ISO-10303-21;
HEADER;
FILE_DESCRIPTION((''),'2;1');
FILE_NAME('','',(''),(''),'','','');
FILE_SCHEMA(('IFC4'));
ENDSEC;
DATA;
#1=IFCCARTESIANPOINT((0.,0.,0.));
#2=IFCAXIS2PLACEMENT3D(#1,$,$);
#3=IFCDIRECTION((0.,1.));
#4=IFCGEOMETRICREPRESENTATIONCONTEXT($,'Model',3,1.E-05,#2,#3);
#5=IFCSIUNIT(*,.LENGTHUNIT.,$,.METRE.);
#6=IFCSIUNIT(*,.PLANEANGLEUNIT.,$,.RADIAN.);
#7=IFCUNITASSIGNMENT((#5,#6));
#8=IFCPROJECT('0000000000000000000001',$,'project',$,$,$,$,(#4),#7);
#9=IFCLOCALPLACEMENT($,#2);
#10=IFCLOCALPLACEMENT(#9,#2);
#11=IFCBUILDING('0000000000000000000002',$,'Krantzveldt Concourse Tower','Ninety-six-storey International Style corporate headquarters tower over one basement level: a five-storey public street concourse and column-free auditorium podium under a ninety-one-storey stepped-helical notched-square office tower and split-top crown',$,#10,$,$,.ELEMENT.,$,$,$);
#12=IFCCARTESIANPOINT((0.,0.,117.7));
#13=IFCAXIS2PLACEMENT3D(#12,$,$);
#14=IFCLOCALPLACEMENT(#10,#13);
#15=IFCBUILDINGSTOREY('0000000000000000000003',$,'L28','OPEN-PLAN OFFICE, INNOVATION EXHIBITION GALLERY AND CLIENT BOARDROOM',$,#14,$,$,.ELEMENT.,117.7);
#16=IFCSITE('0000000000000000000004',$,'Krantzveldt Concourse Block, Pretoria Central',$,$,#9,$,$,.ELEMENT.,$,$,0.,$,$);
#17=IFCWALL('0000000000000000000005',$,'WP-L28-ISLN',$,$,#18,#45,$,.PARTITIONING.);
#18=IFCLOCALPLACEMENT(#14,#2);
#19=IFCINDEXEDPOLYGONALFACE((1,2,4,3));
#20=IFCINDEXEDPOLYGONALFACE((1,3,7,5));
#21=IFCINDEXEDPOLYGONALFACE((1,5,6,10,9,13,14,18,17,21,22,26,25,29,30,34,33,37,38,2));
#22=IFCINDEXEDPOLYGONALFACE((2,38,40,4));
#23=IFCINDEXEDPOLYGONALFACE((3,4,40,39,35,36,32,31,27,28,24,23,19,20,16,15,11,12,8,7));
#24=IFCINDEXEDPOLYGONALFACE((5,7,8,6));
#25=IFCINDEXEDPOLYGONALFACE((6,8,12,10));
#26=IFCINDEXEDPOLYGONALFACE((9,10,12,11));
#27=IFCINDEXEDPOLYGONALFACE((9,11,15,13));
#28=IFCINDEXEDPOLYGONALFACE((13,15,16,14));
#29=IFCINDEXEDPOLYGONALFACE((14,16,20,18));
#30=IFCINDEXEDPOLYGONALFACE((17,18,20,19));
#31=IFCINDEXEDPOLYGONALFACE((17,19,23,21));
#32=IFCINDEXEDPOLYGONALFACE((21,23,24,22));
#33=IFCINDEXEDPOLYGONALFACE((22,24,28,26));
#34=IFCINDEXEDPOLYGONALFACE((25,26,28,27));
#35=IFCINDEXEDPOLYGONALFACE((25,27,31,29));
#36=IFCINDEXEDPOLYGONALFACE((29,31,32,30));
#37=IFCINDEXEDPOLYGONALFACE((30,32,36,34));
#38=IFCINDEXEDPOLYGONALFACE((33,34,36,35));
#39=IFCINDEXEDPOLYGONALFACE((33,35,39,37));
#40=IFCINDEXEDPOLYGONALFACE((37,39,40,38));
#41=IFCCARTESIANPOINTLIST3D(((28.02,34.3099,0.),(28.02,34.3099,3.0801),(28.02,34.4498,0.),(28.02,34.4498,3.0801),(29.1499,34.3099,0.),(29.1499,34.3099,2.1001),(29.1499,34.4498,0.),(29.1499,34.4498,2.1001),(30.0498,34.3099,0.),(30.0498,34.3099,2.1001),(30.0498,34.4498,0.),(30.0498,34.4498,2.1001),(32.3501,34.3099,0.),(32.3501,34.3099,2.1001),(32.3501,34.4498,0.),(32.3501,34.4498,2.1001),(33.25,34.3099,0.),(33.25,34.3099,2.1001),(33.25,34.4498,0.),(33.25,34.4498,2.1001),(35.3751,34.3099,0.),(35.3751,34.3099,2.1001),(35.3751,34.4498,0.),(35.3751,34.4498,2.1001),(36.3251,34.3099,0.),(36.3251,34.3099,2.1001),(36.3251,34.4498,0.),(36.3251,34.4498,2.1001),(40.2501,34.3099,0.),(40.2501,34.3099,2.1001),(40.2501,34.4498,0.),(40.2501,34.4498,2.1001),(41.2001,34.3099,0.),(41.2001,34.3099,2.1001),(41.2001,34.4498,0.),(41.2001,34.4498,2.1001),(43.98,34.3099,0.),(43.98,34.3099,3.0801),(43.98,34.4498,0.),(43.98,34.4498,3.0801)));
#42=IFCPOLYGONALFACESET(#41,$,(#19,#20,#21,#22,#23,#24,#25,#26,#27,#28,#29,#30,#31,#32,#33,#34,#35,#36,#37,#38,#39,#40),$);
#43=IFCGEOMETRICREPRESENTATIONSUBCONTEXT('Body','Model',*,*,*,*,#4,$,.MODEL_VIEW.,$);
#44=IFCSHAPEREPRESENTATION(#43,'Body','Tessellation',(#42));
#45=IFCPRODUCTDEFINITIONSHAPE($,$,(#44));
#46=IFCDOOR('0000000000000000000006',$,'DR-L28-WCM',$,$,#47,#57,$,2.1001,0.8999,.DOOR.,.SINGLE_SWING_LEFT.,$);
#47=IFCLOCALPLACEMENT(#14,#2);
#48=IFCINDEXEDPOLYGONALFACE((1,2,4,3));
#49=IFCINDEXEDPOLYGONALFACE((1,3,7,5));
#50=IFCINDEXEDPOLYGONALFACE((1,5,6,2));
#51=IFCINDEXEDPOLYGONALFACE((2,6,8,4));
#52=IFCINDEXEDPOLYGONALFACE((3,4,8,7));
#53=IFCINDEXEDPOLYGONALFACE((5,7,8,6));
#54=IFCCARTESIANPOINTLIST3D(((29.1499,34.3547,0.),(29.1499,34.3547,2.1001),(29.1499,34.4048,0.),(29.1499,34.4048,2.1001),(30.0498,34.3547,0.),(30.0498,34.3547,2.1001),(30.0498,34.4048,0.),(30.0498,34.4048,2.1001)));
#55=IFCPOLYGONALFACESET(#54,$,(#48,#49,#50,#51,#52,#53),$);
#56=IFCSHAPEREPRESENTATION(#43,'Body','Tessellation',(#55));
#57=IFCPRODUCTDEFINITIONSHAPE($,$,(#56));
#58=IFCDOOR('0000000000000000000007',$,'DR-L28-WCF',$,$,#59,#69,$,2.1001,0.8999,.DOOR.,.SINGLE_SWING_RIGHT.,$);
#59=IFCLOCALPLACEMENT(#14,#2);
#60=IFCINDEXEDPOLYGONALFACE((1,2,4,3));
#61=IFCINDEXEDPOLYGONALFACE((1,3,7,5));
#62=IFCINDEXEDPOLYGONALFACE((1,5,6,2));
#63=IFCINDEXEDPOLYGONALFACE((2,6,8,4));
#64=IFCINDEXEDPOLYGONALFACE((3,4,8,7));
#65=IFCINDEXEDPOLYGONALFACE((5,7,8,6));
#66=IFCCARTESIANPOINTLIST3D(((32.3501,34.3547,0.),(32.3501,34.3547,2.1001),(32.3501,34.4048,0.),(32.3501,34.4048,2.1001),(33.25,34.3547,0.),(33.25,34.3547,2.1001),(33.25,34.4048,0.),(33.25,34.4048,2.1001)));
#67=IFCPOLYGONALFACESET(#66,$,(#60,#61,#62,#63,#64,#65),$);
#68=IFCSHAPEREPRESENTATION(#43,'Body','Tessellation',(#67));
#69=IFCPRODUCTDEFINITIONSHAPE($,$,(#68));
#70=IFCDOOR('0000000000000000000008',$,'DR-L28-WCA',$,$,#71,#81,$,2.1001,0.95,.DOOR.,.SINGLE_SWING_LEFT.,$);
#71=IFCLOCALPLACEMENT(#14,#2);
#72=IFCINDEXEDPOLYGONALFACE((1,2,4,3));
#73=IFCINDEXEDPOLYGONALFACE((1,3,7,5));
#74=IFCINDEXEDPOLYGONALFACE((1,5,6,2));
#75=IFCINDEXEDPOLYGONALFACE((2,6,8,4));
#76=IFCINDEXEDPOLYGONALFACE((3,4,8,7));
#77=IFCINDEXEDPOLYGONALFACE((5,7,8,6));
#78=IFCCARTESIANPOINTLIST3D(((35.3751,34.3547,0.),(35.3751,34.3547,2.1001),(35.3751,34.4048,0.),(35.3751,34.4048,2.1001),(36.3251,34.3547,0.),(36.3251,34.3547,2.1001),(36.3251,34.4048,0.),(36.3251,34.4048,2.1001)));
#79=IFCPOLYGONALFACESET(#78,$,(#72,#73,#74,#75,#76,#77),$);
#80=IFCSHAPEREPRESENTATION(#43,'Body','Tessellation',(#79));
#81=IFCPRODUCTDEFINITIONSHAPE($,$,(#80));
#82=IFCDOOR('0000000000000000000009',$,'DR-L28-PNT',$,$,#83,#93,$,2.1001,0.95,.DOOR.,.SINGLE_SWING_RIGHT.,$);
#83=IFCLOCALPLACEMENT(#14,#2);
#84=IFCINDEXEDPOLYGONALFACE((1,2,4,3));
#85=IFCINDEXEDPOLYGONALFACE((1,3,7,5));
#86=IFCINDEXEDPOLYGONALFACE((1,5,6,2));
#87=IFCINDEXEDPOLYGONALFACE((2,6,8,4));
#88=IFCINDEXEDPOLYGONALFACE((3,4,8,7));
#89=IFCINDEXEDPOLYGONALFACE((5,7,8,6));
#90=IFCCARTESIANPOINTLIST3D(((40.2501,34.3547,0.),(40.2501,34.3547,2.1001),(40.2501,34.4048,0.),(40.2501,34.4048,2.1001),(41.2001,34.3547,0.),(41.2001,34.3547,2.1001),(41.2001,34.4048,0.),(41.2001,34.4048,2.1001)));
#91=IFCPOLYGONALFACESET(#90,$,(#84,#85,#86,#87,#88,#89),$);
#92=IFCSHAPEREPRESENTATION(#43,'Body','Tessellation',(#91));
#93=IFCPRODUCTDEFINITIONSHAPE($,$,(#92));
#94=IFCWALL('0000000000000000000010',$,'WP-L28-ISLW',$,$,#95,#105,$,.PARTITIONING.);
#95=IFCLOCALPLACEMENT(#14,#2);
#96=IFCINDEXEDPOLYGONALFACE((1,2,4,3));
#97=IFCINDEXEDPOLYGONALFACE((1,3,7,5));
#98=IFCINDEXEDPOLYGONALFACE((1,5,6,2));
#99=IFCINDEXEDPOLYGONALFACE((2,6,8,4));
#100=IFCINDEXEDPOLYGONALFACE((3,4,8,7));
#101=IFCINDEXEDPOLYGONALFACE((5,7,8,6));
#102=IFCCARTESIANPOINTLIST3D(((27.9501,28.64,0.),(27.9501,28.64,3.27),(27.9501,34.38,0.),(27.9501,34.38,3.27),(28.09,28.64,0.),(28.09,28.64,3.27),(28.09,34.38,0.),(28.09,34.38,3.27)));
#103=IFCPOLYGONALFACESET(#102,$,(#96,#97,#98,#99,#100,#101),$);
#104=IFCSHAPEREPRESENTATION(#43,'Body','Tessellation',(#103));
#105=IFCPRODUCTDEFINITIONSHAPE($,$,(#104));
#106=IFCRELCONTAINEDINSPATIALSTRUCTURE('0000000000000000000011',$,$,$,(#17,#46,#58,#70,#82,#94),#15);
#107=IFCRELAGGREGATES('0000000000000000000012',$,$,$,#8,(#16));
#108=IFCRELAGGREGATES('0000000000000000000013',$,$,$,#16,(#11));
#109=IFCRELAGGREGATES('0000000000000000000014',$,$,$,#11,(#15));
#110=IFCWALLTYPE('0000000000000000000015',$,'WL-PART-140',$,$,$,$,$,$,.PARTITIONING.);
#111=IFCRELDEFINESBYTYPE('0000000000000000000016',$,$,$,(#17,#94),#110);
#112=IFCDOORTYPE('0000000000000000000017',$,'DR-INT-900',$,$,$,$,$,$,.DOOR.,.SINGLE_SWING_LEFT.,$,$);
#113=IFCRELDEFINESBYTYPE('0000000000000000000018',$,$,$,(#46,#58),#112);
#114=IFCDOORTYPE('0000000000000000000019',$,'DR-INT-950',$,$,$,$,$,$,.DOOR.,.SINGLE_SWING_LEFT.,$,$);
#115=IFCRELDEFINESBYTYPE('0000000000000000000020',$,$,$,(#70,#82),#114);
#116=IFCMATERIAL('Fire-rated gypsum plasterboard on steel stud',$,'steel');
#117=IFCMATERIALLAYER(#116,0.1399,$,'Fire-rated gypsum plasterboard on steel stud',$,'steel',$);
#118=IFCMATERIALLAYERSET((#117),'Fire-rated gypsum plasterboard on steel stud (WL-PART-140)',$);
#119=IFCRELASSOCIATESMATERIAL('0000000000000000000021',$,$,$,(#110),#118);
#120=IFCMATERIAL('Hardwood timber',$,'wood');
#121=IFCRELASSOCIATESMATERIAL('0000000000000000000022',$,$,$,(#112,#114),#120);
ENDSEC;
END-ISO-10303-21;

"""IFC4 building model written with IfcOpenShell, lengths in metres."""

from ifc_helpers import new_model, si_unit, direction, frame, frame_2d, origin, place, context, subcontext, project, spatial, rectangle, extrude, material, layer, layer_set, type_object, element, fill, save


model = new_model("IFC4")

# Units and contexts
model_context = context("Model", 3, precision=1e-05, world=origin(), true_north=direction((0.0, 1.0)))
body_context = subcontext(model_context, "Body", "Model", "MODEL_VIEW")
ifc_project = project(units=[si_unit("LENGTHUNIT", "METRE"), si_unit("PLANEANGLEUNIT", "RADIAN")], contexts=[model_context])

# Site, building, storey
site_placement = place(None, origin())
site = spatial("IfcSite", under=ifc_project, at=site_placement, Name="Krantzveldt Concourse Block, Pretoria Central", CompositionType="ELEMENT", RefElevation=0.0)
building_placement = place(site_placement, origin())
building = spatial("IfcBuilding", under=site, at=building_placement, Name="Krantzveldt Concourse Tower", Description="Ninety-six-storey International Style corporate headquarters tower over one basement level: a five-storey public street concourse and column-free auditorium podium under a ninety-one-storey stepped-helical notched-square office tower and split-top crown", CompositionType="ELEMENT")
storey_placement = place(building_placement, frame((0.0, 0.0, 117.7)))
storey = spatial("IfcBuildingStorey", under=building, at=storey_placement, Name="L28", Description="OPEN-PLAN OFFICE, INNOVATION EXHIBITION GALLERY AND CLIENT BOARDROOM", CompositionType="ELEMENT", Elevation=117.7)

# Shared definitions
ifc_material_1 = material(Name="Fire-rated gypsum plasterboard on steel stud", Category="steel")

# Shared definitions
ifc_layer_1 = layer(ifc_material_1, 0.1399, Name="Fire-rated gypsum plasterboard on steel stud", Category="steel")
ifc_layer_set_1 = layer_set([ifc_layer_1], Name="Fire-rated gypsum plasterboard on steel stud (WL-PART-140)")
wall_type_1 = type_object("IfcWallType", Name="WL-PART-140", PredefinedType="PARTITIONING", material=ifc_layer_set_1)
ifc_material_2 = material(Name="Hardwood timber", Category="wood")

# Wall, openings, doors
wall_1_placement = place(storey_placement, frame((28.02, 34.3799, 0.0), z_axis=(0.0, 0.0, 1.0), x_axis=(1.0, 0.0, 0.0)))
wall_1 = element("IfcWall", 1, at=wall_1_placement, inside=storey, type_object=wall_type_1, Name="WP-L28-ISLN", PredefinedType="PARTITIONING", context=body_context, shape_type="SweptSolid", body=[
    extrude(rectangle(XDim=15.96, YDim=0.1399, at=frame_2d((7.98, 0.0))), origin(), (0.0, 0.0, 1.0), 3.0801),
])
opening_1_placement = place(wall_1_placement, frame((1.1299, 0.0, 0.0)))
opening_1 = element("IfcOpeningElement", 2, at=opening_1_placement, cuts=wall_1, PredefinedType="OPENING", context=body_context, shape_type="SweptSolid", body=[
    extrude(rectangle(XDim=0.8999, YDim=2.1001, at=frame_2d((0.45, 1.05))), frame((0.0, 0.0801, 0.0), z_axis=(0.0, -1.0, 0.0), x_axis=(1.0, 0.0, 0.0)), (0.0, 0.0, 1.0), 0.1599),
])
opening_2_placement = place(wall_1_placement, frame((4.3301, 0.0, 0.0)))
opening_2 = element("IfcOpeningElement", 3, at=opening_2_placement, cuts=wall_1, PredefinedType="OPENING", context=body_context, shape_type="SweptSolid", body=[
    extrude(rectangle(XDim=0.8999, YDim=2.1001, at=frame_2d((0.45, 1.05))), frame((0.0, 0.0801, 0.0), z_axis=(0.0, -1.0, 0.0), x_axis=(1.0, 0.0, 0.0)), (0.0, 0.0, 1.0), 0.1599),
])
opening_3_placement = place(wall_1_placement, frame((7.355, 0.0, 0.0)))
opening_3 = element("IfcOpeningElement", 4, at=opening_3_placement, cuts=wall_1, PredefinedType="OPENING", context=body_context, shape_type="SweptSolid", body=[
    extrude(rectangle(XDim=0.95, YDim=2.1001, at=frame_2d((0.4751, 1.05))), frame((0.0, 0.0801, 0.0), z_axis=(0.0, -1.0, 0.0), x_axis=(1.0, 0.0, 0.0)), (0.0, 0.0, 1.0), 0.1599),
])
opening_4_placement = place(wall_1_placement, frame((12.23, 0.0, 0.0)))
opening_4 = element("IfcOpeningElement", 5, at=opening_4_placement, cuts=wall_1, PredefinedType="OPENING", context=body_context, shape_type="SweptSolid", body=[
    extrude(rectangle(XDim=0.95, YDim=2.1001, at=frame_2d((0.4751, 1.05))), frame((0.0, 0.0801, 0.0), z_axis=(0.0, -1.0, 0.0), x_axis=(1.0, 0.0, 0.0)), (0.0, 0.0, 1.0), 0.1599),
])
door_type_1 = type_object("IfcDoorType", Name="DR-INT-900", OperationType="SINGLE_SWING_LEFT", PredefinedType="DOOR", material=ifc_material_2)
door_1_placement = place(opening_1_placement, origin())
door_1 = element("IfcDoor", 6, at=door_1_placement, inside=storey, type_object=door_type_1, Name="DR-L28-WCM", OperationType="SINGLE_SWING_LEFT", OverallHeight=2.1001, OverallWidth=0.8999, PredefinedType="DOOR", context=body_context, shape_type="SweptSolid", body=[
    extrude(rectangle(XDim=0.8999, YDim=2.1001, at=frame_2d((0.45, 1.05))), frame((0.0, 0.0249, 0.0), z_axis=(0.0, -1.0, 0.0), x_axis=(1.0, 0.0, 0.0)), (0.0, 0.0, 1.0), 0.05),
])
fill(opening_1, door_1)
door_2_placement = place(opening_2_placement, origin())
door_2 = element("IfcDoor", 7, at=door_2_placement, inside=storey, type_object=door_type_1, Name="DR-L28-WCF", OperationType="SINGLE_SWING_RIGHT", OverallHeight=2.1001, OverallWidth=0.8999, PredefinedType="DOOR", context=body_context, shape_type="SweptSolid", body=[
    extrude(rectangle(XDim=0.8999, YDim=2.1001, at=frame_2d((0.45, 1.05))), frame((0.0, 0.0249, 0.0), z_axis=(0.0, -1.0, 0.0), x_axis=(1.0, 0.0, 0.0)), (0.0, 0.0, 1.0), 0.05),
])
fill(opening_2, door_2)
door_type_2 = type_object("IfcDoorType", Name="DR-INT-950", OperationType="SINGLE_SWING_LEFT", PredefinedType="DOOR", material=ifc_material_2)
door_3_placement = place(opening_3_placement, origin())
door_3 = element("IfcDoor", 8, at=door_3_placement, inside=storey, type_object=door_type_2, Name="DR-L28-WCA", OperationType="SINGLE_SWING_LEFT", OverallHeight=2.1001, OverallWidth=0.95, PredefinedType="DOOR", context=body_context, shape_type="SweptSolid", body=[
    extrude(rectangle(XDim=0.95, YDim=2.1001, at=frame_2d((0.4751, 1.05))), frame((0.0, 0.0249, 0.0), z_axis=(0.0, -1.0, 0.0), x_axis=(1.0, 0.0, 0.0)), (0.0, 0.0, 1.0), 0.05),
])
fill(opening_3, door_3)
door_4_placement = place(opening_4_placement, origin())
door_4 = element("IfcDoor", 9, at=door_4_placement, inside=storey, type_object=door_type_2, Name="DR-L28-PNT", OperationType="SINGLE_SWING_RIGHT", OverallHeight=2.1001, OverallWidth=0.95, PredefinedType="DOOR", context=body_context, shape_type="SweptSolid", body=[
    extrude(rectangle(XDim=0.95, YDim=2.1001, at=frame_2d((0.4751, 1.05))), frame((0.0, 0.0249, 0.0), z_axis=(0.0, -1.0, 0.0), x_axis=(1.0, 0.0, 0.0)), (0.0, 0.0, 1.0), 0.05),
])
fill(opening_4, door_4)

# Wall
wall_2_placement = place(storey_placement, frame((28.02, 28.6399, 0.0), z_axis=(0.0, 0.0, 1.0), x_axis=(0.0, 1.0, 0.0)))
element("IfcWall", 10, at=wall_2_placement, inside=storey, type_object=wall_type_1, Name="WP-L28-ISLW", PredefinedType="PARTITIONING", context=body_context, shape_type="SweptSolid", body=[
    extrude(rectangle(XDim=5.74, YDim=0.1399, at=frame_2d((2.8701, 0.0))), origin(), (0.0, 0.0, 1.0), 3.27),
])

save(model, "model.ifc")
